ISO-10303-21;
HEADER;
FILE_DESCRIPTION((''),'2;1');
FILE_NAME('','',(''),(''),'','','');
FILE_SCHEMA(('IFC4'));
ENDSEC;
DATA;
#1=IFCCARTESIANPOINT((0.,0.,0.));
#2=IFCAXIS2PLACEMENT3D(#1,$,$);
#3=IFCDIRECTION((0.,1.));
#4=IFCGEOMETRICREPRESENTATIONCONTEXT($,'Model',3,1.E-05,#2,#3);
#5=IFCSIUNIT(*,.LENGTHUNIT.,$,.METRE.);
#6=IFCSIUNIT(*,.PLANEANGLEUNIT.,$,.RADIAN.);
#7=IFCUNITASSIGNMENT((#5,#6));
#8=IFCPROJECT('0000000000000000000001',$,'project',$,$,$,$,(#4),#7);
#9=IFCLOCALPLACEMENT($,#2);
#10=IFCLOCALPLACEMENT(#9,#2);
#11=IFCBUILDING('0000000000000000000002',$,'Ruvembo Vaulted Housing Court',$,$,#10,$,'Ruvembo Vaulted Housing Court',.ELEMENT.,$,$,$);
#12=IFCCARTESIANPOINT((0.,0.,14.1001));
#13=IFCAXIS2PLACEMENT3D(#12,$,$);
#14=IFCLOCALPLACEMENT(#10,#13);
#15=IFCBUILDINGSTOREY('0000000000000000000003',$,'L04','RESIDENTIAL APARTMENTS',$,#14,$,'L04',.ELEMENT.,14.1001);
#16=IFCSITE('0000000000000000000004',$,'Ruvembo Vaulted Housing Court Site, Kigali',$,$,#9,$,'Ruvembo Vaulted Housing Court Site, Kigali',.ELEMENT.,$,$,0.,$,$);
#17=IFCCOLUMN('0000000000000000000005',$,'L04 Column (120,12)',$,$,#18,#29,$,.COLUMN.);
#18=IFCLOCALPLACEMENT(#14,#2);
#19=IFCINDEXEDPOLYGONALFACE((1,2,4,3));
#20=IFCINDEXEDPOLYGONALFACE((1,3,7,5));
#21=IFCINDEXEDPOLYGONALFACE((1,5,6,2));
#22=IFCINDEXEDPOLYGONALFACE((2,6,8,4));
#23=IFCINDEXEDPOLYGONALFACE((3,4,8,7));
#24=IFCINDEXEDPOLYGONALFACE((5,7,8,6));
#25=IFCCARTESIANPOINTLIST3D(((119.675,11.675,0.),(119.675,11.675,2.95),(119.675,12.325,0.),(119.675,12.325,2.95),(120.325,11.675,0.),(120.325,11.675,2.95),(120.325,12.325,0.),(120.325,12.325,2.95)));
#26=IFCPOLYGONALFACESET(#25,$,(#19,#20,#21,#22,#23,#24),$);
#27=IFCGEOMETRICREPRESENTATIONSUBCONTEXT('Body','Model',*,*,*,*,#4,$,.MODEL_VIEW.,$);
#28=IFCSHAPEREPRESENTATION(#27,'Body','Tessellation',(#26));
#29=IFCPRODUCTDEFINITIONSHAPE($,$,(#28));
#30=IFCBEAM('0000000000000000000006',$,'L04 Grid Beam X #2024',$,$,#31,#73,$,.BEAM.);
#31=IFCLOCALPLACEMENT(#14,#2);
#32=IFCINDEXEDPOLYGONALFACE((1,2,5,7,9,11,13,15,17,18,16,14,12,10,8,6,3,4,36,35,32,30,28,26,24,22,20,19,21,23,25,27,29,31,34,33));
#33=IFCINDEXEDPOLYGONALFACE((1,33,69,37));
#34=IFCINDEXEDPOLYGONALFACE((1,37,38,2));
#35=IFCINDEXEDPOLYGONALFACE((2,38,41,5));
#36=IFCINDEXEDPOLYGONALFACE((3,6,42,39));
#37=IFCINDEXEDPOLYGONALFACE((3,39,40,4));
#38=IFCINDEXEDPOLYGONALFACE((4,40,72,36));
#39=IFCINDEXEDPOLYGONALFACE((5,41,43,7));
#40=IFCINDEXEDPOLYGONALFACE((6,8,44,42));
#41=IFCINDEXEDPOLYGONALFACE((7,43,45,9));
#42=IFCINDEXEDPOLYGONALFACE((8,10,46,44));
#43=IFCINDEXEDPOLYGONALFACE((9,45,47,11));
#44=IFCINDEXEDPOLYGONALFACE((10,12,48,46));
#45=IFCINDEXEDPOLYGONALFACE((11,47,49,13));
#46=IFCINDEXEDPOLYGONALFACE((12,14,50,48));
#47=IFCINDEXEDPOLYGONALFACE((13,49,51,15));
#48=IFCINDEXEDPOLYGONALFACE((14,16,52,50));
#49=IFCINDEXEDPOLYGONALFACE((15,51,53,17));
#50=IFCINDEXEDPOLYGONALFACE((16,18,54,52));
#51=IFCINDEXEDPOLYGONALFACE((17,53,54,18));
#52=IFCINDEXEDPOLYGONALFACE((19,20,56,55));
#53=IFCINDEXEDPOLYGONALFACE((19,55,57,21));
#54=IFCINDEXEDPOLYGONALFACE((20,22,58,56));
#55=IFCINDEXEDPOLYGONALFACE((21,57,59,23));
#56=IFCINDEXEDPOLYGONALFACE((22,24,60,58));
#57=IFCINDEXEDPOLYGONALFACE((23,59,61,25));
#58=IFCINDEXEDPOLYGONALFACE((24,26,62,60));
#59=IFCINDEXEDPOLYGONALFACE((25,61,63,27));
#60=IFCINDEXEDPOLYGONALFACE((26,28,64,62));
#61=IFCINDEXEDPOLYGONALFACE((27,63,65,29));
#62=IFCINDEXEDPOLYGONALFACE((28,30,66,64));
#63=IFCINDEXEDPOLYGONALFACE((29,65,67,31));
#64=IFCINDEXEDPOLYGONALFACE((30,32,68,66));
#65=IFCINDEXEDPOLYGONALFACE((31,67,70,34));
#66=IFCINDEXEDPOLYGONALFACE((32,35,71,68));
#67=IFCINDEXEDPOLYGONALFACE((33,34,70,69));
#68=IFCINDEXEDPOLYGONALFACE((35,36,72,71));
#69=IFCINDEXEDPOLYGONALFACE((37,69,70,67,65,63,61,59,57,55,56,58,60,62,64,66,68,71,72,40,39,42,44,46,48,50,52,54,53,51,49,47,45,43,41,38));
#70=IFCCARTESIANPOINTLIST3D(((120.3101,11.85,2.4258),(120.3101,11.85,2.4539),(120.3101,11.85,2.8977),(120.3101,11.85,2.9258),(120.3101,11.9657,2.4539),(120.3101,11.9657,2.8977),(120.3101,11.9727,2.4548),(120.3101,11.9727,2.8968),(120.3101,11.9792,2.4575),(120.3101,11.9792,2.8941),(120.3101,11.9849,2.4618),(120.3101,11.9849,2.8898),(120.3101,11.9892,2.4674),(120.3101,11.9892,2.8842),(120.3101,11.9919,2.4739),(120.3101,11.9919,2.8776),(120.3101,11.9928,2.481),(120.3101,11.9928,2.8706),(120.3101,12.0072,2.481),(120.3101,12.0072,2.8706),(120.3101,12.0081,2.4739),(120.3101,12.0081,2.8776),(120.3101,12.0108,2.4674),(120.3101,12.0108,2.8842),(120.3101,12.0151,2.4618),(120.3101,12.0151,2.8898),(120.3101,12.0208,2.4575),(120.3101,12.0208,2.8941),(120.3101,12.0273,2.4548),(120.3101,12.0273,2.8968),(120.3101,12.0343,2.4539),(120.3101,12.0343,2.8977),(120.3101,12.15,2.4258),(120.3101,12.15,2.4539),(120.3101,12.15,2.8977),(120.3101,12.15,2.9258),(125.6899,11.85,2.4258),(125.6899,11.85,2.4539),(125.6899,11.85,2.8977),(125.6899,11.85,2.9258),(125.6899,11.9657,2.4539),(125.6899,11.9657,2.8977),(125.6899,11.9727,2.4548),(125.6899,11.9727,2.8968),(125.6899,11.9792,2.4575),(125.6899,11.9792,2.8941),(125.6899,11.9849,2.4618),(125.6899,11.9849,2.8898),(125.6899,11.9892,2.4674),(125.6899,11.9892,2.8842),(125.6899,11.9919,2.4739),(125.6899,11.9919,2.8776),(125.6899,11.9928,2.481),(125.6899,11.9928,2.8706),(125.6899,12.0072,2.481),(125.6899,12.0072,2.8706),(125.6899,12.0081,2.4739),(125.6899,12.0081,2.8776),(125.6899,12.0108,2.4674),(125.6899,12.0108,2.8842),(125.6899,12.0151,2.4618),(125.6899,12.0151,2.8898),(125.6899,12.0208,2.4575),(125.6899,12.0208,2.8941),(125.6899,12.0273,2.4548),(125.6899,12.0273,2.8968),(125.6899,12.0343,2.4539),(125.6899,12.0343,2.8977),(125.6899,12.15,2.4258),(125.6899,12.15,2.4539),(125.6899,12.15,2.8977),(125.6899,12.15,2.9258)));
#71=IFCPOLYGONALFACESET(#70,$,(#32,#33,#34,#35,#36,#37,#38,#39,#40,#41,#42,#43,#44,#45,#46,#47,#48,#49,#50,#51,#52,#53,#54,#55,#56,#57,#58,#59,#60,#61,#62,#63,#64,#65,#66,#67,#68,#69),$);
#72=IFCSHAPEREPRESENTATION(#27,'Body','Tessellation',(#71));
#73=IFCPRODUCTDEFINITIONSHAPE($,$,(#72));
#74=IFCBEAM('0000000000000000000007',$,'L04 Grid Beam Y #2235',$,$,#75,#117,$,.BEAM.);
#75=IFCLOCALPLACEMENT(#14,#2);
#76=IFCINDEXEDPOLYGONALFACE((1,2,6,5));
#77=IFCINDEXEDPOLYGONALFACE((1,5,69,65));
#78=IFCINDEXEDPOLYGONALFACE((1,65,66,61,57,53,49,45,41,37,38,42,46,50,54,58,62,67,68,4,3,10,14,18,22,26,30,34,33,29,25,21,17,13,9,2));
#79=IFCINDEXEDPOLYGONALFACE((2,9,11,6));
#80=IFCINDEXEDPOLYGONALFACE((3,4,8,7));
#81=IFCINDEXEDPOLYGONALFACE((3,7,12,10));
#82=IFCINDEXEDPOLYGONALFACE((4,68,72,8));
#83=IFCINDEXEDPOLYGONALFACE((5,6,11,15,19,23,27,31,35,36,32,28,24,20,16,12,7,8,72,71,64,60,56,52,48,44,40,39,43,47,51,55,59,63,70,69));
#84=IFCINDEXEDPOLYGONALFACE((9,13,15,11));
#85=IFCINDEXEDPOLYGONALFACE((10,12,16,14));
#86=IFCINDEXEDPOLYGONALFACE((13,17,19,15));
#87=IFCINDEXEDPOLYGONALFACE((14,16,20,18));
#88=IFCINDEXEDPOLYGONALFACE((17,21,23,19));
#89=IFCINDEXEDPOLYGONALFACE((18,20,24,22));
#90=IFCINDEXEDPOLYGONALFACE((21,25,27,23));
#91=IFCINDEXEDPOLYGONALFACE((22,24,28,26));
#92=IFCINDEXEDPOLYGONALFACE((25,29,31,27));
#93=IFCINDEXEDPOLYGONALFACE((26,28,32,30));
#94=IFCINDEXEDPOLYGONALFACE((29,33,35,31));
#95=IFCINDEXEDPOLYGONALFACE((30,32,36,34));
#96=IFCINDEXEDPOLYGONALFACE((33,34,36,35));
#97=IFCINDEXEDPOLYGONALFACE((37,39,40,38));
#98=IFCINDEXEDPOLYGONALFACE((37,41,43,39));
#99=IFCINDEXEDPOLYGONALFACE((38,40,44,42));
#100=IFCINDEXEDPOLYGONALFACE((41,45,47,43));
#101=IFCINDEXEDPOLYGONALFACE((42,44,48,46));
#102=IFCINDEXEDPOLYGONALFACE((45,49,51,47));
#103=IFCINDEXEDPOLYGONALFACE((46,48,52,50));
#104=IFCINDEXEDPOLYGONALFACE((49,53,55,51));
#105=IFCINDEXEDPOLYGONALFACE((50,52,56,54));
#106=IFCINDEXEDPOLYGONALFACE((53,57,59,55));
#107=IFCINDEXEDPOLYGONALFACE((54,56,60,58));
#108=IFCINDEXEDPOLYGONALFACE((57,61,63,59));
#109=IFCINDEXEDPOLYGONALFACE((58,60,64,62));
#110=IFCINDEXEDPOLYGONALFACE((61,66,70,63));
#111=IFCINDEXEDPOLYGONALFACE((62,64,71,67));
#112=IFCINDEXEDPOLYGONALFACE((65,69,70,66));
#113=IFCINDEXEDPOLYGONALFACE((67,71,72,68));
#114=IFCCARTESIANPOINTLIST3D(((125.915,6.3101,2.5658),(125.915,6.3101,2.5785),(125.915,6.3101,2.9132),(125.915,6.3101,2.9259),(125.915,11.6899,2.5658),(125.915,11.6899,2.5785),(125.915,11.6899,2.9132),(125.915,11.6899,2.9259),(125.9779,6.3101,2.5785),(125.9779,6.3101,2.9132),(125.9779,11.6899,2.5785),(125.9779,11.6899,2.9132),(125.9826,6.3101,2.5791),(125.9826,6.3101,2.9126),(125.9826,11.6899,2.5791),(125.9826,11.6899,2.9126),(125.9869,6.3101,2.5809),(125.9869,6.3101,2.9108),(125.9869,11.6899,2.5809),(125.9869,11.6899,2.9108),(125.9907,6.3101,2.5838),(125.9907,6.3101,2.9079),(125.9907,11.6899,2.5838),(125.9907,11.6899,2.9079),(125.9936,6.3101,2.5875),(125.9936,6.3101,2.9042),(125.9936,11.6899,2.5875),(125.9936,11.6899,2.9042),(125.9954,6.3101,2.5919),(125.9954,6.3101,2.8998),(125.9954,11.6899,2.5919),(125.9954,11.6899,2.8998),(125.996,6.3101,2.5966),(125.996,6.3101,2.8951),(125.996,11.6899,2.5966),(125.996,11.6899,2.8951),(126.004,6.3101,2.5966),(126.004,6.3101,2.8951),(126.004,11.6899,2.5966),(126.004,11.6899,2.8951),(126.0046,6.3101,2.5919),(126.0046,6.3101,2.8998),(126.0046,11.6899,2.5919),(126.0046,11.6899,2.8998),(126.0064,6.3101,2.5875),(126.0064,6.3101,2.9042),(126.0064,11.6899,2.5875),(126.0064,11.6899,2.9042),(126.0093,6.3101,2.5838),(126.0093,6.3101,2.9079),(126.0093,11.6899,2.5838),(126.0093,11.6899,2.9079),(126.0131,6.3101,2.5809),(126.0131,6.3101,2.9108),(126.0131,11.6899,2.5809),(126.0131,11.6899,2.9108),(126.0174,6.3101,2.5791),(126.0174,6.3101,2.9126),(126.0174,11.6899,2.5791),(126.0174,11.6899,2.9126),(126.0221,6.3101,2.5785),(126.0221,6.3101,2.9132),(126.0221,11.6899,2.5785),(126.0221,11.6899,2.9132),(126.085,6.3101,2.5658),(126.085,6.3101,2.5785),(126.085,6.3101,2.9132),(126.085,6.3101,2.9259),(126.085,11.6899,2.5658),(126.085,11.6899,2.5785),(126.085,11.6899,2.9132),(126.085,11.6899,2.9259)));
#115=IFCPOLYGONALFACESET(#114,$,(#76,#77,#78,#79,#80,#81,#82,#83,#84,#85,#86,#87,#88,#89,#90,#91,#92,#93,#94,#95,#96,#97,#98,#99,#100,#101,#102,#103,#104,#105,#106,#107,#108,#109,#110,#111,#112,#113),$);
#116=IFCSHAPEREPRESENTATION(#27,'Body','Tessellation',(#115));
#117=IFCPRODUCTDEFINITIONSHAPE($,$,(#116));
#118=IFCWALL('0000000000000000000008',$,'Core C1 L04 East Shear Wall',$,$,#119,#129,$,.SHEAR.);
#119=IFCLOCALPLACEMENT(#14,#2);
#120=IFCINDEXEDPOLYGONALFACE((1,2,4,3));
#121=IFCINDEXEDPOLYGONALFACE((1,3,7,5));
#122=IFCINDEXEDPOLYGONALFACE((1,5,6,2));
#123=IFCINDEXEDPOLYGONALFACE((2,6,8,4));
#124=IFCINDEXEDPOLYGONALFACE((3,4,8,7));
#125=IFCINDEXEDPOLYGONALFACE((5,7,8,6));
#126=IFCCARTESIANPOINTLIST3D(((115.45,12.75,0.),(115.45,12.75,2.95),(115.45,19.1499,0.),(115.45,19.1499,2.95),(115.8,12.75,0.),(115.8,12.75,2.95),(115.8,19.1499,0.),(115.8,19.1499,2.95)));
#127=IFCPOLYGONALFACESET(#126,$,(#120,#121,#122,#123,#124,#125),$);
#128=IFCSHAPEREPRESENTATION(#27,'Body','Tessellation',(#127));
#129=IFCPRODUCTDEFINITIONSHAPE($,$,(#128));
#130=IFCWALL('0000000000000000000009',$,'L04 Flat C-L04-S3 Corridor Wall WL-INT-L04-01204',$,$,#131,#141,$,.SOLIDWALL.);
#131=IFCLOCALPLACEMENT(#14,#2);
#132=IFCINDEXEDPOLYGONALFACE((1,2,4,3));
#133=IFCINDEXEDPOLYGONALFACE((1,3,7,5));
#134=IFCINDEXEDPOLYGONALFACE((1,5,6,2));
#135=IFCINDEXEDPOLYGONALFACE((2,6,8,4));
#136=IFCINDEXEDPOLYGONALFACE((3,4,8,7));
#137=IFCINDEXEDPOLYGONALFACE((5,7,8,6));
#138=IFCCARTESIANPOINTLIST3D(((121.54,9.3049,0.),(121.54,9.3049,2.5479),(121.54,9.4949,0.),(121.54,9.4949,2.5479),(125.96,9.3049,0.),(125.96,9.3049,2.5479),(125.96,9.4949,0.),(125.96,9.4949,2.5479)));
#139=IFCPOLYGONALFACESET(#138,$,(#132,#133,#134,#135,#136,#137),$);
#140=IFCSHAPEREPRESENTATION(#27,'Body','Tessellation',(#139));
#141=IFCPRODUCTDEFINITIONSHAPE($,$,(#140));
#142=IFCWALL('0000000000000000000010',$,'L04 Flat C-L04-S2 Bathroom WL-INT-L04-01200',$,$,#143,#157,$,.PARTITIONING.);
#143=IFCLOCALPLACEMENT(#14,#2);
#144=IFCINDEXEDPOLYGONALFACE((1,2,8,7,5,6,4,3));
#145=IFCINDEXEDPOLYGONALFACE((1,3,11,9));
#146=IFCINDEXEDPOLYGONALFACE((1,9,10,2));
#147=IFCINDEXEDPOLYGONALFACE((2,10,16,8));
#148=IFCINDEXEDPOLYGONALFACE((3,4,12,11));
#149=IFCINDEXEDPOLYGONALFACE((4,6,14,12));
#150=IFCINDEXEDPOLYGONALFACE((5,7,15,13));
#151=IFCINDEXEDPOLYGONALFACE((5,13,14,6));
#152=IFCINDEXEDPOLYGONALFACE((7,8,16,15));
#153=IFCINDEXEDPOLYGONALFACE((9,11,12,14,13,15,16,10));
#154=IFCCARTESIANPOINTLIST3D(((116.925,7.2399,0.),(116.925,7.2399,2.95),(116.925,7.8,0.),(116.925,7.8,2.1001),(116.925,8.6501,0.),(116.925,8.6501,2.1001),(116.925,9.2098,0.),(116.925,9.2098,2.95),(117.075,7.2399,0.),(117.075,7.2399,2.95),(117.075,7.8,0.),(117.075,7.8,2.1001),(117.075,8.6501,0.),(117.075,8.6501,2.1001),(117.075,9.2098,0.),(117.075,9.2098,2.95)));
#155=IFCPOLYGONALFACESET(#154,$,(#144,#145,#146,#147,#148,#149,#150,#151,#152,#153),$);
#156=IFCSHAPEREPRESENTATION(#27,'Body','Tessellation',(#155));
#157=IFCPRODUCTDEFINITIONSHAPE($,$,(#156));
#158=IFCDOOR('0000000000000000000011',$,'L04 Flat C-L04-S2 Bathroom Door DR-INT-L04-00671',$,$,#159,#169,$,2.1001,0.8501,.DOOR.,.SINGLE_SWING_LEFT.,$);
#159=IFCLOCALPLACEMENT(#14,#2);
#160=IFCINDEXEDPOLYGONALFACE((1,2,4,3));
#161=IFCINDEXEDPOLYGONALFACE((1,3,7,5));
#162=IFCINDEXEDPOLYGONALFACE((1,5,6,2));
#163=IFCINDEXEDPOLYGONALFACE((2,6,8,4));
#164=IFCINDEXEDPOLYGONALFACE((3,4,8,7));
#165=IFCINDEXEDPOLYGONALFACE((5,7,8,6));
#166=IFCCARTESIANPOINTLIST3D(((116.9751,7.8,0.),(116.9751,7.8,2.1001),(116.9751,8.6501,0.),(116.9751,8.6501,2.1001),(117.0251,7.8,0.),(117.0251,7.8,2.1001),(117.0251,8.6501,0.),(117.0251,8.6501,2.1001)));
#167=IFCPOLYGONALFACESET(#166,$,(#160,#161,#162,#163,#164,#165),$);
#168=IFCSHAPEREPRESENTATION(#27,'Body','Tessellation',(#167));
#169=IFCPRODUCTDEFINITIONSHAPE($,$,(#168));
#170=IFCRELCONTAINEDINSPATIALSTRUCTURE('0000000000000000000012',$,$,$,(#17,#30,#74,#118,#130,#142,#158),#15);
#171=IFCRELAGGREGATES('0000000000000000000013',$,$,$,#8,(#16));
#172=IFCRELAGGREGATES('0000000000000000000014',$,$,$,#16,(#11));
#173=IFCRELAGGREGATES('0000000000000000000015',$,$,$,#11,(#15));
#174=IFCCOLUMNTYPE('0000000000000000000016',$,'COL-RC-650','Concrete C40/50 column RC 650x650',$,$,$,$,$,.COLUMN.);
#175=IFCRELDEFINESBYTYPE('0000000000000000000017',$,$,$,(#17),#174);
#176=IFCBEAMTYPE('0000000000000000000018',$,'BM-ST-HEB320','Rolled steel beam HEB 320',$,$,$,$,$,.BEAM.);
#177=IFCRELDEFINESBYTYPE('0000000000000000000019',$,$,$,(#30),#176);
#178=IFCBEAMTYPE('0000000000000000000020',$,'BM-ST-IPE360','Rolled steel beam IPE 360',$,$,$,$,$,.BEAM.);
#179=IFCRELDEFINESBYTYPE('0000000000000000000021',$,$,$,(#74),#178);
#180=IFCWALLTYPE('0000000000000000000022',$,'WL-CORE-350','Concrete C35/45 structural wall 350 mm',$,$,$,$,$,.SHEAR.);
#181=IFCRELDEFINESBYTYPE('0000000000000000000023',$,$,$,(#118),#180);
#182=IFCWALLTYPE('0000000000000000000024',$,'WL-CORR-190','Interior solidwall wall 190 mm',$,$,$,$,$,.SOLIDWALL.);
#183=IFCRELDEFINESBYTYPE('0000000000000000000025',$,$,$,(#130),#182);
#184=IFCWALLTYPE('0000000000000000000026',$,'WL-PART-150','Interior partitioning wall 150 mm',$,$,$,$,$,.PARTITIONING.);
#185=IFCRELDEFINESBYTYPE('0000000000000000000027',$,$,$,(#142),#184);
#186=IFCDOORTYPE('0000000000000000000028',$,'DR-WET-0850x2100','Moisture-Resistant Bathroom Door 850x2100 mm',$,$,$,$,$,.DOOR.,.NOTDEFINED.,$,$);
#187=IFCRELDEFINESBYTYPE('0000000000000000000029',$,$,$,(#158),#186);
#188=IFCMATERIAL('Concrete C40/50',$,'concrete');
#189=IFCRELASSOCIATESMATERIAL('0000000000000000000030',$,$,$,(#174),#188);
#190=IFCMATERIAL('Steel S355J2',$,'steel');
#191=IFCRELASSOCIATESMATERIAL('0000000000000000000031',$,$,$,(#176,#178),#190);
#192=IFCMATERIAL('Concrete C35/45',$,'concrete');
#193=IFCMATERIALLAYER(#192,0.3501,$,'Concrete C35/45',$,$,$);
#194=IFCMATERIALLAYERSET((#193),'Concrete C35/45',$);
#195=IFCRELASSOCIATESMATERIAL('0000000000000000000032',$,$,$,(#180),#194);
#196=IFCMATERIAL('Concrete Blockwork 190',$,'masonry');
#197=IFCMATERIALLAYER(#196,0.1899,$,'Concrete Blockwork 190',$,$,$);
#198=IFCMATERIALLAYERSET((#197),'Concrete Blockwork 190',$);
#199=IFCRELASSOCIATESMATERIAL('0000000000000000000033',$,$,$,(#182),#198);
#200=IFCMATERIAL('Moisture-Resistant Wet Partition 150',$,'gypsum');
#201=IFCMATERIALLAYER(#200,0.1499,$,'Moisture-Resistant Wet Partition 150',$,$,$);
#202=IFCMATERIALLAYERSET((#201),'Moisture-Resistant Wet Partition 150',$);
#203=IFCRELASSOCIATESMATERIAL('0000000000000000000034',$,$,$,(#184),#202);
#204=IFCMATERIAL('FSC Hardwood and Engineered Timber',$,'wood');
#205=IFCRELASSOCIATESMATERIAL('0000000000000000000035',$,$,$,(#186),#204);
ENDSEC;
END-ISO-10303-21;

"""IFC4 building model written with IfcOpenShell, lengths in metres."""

from ifc_helpers import new_model, si_unit, direction, frame, frame_2d, origin, origin_2d, place, context, subcontext, project, spatial, rectangle, i_section, extrude, material, layer, layer_set, material_profile, profile_set, type_object, element, fill, save


model = new_model("IFC4")

# Units and contexts
model_context = context("Model", 3, precision=1e-05, world=origin(), true_north=direction((0.0, 1.0)))
body_context = subcontext(model_context, "Body", "Model", "MODEL_VIEW")
ifc_project = project(units=[si_unit("LENGTHUNIT", "METRE"), si_unit("PLANEANGLEUNIT", "RADIAN")], contexts=[model_context])

# Site, building, storey
site_placement = place(None, origin())
site = spatial("IfcSite", under=ifc_project, at=site_placement, Name="Ruvembo Vaulted Housing Court Site, Kigali", LongName="Ruvembo Vaulted Housing Court Site, Kigali", CompositionType="ELEMENT", RefElevation=0.0)
building_placement = place(site_placement, origin())
building = spatial("IfcBuilding", under=site, at=building_placement, Name="Ruvembo Vaulted Housing Court", LongName="Ruvembo Vaulted Housing Court", CompositionType="ELEMENT")
storey_placement = place(building_placement, frame((0.0, 0.0, 14.1001)))
storey = spatial("IfcBuildingStorey", under=building, at=storey_placement, Name="L04", Description="RESIDENTIAL APARTMENTS", LongName="L04", CompositionType="ELEMENT", Elevation=14.1001)

# Column
ifc_material_1 = material(Name="Concrete C40/50", Category="concrete")
ifc_material_profile_1 = material_profile(ifc_material_1, rectangle(XDim=0.6499, YDim=0.6499, at=origin_2d()), Name="RC 650x650")
ifc_profile_set_1 = profile_set([ifc_material_profile_1], Name="Concrete C40/50")
column_type = type_object("IfcColumnType", Name="COL-RC-650", Description="Concrete C40/50 column RC 650x650", PredefinedType="COLUMN", material=ifc_profile_set_1)
column_placement = place(storey_placement, frame((120.0, 12.0, 0.0), z_axis=(0.0, 0.0, 1.0), x_axis=(1.0, 0.0, 0.0)))
element("IfcColumn", 1, at=column_placement, inside=storey, type_object=column_type, Name="L04 Column (120,12)", PredefinedType="COLUMN", context=body_context, shape_type="SweptSolid", body=[
    extrude(rectangle(XDim=0.6499, YDim=0.6499, at=origin_2d()), origin(), (0.0, 0.0, 1.0), 2.95),
])

# Beams
ifc_material_2 = material(Name="Steel S355J2", Category="steel")
ifc_material_profile_2 = material_profile(ifc_material_2, i_section(OverallWidth=0.3, OverallDepth=0.5, WebThickness=0.0144, FlangeThickness=0.0281, FilletRadius=0.0271, at=origin_2d()), Name="HEB 320")
ifc_profile_set_2 = profile_set([ifc_material_profile_2], Name="Steel S355J2")
beam_type_1 = type_object("IfcBeamType", Name="BM-ST-HEB320", Description="Rolled steel beam HEB 320", PredefinedType="BEAM", material=ifc_profile_set_2)
beam_1_placement = place(storey_placement, frame((120.3101, 12.0, 2.6758), z_axis=(1.0, 0.0, 0.0), x_axis=(0.0, 1.0, 0.0)))
element("IfcBeam", 2, at=beam_1_placement, inside=storey, type_object=beam_type_1, Name="L04 Grid Beam X #2024", PredefinedType="BEAM", context=body_context, shape_type="SweptSolid", body=[
    extrude(i_section(OverallWidth=0.3, OverallDepth=0.5, WebThickness=0.0144, FlangeThickness=0.0281, FilletRadius=0.0271, at=origin_2d()), origin(), (0.0, 0.0, 1.0), 5.3799),
])
ifc_material_profile_3 = material_profile(ifc_material_2, i_section(OverallWidth=0.1699, OverallDepth=0.3601, WebThickness=0.0081, FlangeThickness=0.0127, FilletRadius=0.0181, at=origin_2d()), Name="IPE 360")
ifc_profile_set_3 = profile_set([ifc_material_profile_3], Name="Steel S355J2")
beam_type_2 = type_object("IfcBeamType", Name="BM-ST-IPE360", Description="Rolled steel beam IPE 360", PredefinedType="BEAM", material=ifc_profile_set_3)
beam_2_placement = place(storey_placement, frame((126.0, 6.3101, 2.7458), z_axis=(0.0, 1.0, 0.0), x_axis=(-1.0, 0.0, 0.0)))
element("IfcBeam", 3, at=beam_2_placement, inside=storey, type_object=beam_type_2, Name="L04 Grid Beam Y #2235", PredefinedType="BEAM", context=body_context, shape_type="SweptSolid", body=[
    extrude(i_section(OverallWidth=0.1699, OverallDepth=0.3601, WebThickness=0.0081, FlangeThickness=0.0127, FilletRadius=0.0181, at=origin_2d()), origin(), (0.0, 0.0, 1.0), 5.3799),
])

# Shared definitions
ifc_material_3 = material(Name="Concrete C35/45", Category="concrete")

# Wall
ifc_layer_1 = layer(ifc_material_3, 0.3501, Name="Concrete C35/45")
ifc_layer_set_1 = layer_set([ifc_layer_1], Name="Concrete C35/45")
wall_type_1 = type_object("IfcWallType", Name="WL-CORE-350", Description="Concrete C35/45 structural wall 350 mm", PredefinedType="SHEAR", material=ifc_layer_set_1)
wall_1_placement = place(storey_placement, frame((115.625, 12.75, 0.0), z_axis=(0.0, 0.0, 1.0), x_axis=(0.0, 1.0, 0.0)))
element("IfcWall", 4, at=wall_1_placement, inside=storey, type_object=wall_type_1, Name="Core C1 L04 East Shear Wall", PredefinedType="SHEAR", context=body_context, shape_type="SweptSolid", body=[
    extrude(rectangle(XDim=6.3999, YDim=0.3501, at=frame_2d((3.2, 0.0))), origin(), (0.0, 0.0, 1.0), 2.95),
])

# Shared definitions
ifc_material_4 = material(Name="Concrete Blockwork 190", Category="masonry")
ifc_layer_2 = layer(ifc_material_4, 0.1899, Name="Concrete Blockwork 190")
ifc_layer_set_2 = layer_set([ifc_layer_2], Name="Concrete Blockwork 190")
wall_type_2 = type_object("IfcWallType", Name="WL-CORR-190", Description="Interior solidwall wall 190 mm", PredefinedType="SOLIDWALL", material=ifc_layer_set_2)
ifc_material_5 = material(Name="FSC Hardwood and Engineered Timber", Category="wood")

# Wall
wall_2_placement = place(storey_placement, frame((121.54, 9.3999, 0.0), z_axis=(0.0, 0.0, 1.0), x_axis=(1.0, 0.0, 0.0)))
element("IfcWall", 5, at=wall_2_placement, inside=storey, type_object=wall_type_2, Name="L04 Flat C-L04-S3 Corridor Wall WL-INT-L04-01204", PredefinedType="SOLIDWALL", context=body_context, shape_type="SweptSolid", body=[
    extrude(rectangle(XDim=4.4199, YDim=0.1899, at=frame_2d((2.21, 0.0))), origin(), (0.0, 0.0, 1.0), 2.5479),
])

# Wall, opening, door
ifc_material_6 = material(Name="Moisture-Resistant Wet Partition 150", Category="gypsum")
ifc_layer_3 = layer(ifc_material_6, 0.1499, Name="Moisture-Resistant Wet Partition 150")
ifc_layer_set_3 = layer_set([ifc_layer_3], Name="Moisture-Resistant Wet Partition 150")
wall_type_3 = type_object("IfcWallType", Name="WL-PART-150", Description="Interior partitioning wall 150 mm", PredefinedType="PARTITIONING", material=ifc_layer_set_3)
wall_3_placement = place(storey_placement, frame((117.0, 7.24, 0.0), z_axis=(0.0, 0.0, 1.0), x_axis=(0.0, 1.0, 0.0)))
wall_3 = element("IfcWall", 6, at=wall_3_placement, inside=storey, type_object=wall_type_3, Name="L04 Flat C-L04-S2 Bathroom WL-INT-L04-01200", PredefinedType="PARTITIONING", context=body_context, shape_type="SweptSolid", body=[
    extrude(rectangle(XDim=1.97, YDim=0.1499, at=frame_2d((0.9849, 0.0))), origin(), (0.0, 0.0, 1.0), 2.95),
])
opening_1_placement = place(wall_3_placement, frame((0.5601, 0.0, 0.0)))
opening_1 = element("IfcOpeningElement", 7, at=opening_1_placement, cuts=wall_3, PredefinedType="OPENING", context=body_context, shape_type="SweptSolid", body=[
    extrude(rectangle(XDim=0.8501, YDim=2.1001, at=frame_2d((0.425, 1.05))), frame((0.0, 0.085, 0.0), z_axis=(0.0, -1.0, 0.0), x_axis=(1.0, 0.0, 0.0)), (0.0, 0.0, 1.0), 0.1699),
])
door_type_1 = type_object("IfcDoorType", Name="DR-WET-0850x2100", Description="Moisture-Resistant Bathroom Door 850x2100 mm", OperationType="NOTDEFINED", PredefinedType="DOOR", material=ifc_material_5)
door_1_placement = place(opening_1_placement, origin())
door_1 = element("IfcDoor", 8, at=door_1_placement, inside=storey, type_object=door_type_1, Name="L04 Flat C-L04-S2 Bathroom Door DR-INT-L04-00671", OperationType="SINGLE_SWING_LEFT", OverallHeight=2.1001, OverallWidth=0.8501, PredefinedType="DOOR", context=body_context, shape_type="SweptSolid", body=[
    extrude(rectangle(XDim=0.8501, YDim=2.1001, at=frame_2d((0.425, 1.05))), frame((0.0, 0.0249, 0.0), z_axis=(0.0, -1.0, 0.0), x_axis=(1.0, 0.0, 0.0)), (0.0, 0.0, 1.0), 0.05),
])
fill(opening_1, door_1)

save(model, "model.ifc")
